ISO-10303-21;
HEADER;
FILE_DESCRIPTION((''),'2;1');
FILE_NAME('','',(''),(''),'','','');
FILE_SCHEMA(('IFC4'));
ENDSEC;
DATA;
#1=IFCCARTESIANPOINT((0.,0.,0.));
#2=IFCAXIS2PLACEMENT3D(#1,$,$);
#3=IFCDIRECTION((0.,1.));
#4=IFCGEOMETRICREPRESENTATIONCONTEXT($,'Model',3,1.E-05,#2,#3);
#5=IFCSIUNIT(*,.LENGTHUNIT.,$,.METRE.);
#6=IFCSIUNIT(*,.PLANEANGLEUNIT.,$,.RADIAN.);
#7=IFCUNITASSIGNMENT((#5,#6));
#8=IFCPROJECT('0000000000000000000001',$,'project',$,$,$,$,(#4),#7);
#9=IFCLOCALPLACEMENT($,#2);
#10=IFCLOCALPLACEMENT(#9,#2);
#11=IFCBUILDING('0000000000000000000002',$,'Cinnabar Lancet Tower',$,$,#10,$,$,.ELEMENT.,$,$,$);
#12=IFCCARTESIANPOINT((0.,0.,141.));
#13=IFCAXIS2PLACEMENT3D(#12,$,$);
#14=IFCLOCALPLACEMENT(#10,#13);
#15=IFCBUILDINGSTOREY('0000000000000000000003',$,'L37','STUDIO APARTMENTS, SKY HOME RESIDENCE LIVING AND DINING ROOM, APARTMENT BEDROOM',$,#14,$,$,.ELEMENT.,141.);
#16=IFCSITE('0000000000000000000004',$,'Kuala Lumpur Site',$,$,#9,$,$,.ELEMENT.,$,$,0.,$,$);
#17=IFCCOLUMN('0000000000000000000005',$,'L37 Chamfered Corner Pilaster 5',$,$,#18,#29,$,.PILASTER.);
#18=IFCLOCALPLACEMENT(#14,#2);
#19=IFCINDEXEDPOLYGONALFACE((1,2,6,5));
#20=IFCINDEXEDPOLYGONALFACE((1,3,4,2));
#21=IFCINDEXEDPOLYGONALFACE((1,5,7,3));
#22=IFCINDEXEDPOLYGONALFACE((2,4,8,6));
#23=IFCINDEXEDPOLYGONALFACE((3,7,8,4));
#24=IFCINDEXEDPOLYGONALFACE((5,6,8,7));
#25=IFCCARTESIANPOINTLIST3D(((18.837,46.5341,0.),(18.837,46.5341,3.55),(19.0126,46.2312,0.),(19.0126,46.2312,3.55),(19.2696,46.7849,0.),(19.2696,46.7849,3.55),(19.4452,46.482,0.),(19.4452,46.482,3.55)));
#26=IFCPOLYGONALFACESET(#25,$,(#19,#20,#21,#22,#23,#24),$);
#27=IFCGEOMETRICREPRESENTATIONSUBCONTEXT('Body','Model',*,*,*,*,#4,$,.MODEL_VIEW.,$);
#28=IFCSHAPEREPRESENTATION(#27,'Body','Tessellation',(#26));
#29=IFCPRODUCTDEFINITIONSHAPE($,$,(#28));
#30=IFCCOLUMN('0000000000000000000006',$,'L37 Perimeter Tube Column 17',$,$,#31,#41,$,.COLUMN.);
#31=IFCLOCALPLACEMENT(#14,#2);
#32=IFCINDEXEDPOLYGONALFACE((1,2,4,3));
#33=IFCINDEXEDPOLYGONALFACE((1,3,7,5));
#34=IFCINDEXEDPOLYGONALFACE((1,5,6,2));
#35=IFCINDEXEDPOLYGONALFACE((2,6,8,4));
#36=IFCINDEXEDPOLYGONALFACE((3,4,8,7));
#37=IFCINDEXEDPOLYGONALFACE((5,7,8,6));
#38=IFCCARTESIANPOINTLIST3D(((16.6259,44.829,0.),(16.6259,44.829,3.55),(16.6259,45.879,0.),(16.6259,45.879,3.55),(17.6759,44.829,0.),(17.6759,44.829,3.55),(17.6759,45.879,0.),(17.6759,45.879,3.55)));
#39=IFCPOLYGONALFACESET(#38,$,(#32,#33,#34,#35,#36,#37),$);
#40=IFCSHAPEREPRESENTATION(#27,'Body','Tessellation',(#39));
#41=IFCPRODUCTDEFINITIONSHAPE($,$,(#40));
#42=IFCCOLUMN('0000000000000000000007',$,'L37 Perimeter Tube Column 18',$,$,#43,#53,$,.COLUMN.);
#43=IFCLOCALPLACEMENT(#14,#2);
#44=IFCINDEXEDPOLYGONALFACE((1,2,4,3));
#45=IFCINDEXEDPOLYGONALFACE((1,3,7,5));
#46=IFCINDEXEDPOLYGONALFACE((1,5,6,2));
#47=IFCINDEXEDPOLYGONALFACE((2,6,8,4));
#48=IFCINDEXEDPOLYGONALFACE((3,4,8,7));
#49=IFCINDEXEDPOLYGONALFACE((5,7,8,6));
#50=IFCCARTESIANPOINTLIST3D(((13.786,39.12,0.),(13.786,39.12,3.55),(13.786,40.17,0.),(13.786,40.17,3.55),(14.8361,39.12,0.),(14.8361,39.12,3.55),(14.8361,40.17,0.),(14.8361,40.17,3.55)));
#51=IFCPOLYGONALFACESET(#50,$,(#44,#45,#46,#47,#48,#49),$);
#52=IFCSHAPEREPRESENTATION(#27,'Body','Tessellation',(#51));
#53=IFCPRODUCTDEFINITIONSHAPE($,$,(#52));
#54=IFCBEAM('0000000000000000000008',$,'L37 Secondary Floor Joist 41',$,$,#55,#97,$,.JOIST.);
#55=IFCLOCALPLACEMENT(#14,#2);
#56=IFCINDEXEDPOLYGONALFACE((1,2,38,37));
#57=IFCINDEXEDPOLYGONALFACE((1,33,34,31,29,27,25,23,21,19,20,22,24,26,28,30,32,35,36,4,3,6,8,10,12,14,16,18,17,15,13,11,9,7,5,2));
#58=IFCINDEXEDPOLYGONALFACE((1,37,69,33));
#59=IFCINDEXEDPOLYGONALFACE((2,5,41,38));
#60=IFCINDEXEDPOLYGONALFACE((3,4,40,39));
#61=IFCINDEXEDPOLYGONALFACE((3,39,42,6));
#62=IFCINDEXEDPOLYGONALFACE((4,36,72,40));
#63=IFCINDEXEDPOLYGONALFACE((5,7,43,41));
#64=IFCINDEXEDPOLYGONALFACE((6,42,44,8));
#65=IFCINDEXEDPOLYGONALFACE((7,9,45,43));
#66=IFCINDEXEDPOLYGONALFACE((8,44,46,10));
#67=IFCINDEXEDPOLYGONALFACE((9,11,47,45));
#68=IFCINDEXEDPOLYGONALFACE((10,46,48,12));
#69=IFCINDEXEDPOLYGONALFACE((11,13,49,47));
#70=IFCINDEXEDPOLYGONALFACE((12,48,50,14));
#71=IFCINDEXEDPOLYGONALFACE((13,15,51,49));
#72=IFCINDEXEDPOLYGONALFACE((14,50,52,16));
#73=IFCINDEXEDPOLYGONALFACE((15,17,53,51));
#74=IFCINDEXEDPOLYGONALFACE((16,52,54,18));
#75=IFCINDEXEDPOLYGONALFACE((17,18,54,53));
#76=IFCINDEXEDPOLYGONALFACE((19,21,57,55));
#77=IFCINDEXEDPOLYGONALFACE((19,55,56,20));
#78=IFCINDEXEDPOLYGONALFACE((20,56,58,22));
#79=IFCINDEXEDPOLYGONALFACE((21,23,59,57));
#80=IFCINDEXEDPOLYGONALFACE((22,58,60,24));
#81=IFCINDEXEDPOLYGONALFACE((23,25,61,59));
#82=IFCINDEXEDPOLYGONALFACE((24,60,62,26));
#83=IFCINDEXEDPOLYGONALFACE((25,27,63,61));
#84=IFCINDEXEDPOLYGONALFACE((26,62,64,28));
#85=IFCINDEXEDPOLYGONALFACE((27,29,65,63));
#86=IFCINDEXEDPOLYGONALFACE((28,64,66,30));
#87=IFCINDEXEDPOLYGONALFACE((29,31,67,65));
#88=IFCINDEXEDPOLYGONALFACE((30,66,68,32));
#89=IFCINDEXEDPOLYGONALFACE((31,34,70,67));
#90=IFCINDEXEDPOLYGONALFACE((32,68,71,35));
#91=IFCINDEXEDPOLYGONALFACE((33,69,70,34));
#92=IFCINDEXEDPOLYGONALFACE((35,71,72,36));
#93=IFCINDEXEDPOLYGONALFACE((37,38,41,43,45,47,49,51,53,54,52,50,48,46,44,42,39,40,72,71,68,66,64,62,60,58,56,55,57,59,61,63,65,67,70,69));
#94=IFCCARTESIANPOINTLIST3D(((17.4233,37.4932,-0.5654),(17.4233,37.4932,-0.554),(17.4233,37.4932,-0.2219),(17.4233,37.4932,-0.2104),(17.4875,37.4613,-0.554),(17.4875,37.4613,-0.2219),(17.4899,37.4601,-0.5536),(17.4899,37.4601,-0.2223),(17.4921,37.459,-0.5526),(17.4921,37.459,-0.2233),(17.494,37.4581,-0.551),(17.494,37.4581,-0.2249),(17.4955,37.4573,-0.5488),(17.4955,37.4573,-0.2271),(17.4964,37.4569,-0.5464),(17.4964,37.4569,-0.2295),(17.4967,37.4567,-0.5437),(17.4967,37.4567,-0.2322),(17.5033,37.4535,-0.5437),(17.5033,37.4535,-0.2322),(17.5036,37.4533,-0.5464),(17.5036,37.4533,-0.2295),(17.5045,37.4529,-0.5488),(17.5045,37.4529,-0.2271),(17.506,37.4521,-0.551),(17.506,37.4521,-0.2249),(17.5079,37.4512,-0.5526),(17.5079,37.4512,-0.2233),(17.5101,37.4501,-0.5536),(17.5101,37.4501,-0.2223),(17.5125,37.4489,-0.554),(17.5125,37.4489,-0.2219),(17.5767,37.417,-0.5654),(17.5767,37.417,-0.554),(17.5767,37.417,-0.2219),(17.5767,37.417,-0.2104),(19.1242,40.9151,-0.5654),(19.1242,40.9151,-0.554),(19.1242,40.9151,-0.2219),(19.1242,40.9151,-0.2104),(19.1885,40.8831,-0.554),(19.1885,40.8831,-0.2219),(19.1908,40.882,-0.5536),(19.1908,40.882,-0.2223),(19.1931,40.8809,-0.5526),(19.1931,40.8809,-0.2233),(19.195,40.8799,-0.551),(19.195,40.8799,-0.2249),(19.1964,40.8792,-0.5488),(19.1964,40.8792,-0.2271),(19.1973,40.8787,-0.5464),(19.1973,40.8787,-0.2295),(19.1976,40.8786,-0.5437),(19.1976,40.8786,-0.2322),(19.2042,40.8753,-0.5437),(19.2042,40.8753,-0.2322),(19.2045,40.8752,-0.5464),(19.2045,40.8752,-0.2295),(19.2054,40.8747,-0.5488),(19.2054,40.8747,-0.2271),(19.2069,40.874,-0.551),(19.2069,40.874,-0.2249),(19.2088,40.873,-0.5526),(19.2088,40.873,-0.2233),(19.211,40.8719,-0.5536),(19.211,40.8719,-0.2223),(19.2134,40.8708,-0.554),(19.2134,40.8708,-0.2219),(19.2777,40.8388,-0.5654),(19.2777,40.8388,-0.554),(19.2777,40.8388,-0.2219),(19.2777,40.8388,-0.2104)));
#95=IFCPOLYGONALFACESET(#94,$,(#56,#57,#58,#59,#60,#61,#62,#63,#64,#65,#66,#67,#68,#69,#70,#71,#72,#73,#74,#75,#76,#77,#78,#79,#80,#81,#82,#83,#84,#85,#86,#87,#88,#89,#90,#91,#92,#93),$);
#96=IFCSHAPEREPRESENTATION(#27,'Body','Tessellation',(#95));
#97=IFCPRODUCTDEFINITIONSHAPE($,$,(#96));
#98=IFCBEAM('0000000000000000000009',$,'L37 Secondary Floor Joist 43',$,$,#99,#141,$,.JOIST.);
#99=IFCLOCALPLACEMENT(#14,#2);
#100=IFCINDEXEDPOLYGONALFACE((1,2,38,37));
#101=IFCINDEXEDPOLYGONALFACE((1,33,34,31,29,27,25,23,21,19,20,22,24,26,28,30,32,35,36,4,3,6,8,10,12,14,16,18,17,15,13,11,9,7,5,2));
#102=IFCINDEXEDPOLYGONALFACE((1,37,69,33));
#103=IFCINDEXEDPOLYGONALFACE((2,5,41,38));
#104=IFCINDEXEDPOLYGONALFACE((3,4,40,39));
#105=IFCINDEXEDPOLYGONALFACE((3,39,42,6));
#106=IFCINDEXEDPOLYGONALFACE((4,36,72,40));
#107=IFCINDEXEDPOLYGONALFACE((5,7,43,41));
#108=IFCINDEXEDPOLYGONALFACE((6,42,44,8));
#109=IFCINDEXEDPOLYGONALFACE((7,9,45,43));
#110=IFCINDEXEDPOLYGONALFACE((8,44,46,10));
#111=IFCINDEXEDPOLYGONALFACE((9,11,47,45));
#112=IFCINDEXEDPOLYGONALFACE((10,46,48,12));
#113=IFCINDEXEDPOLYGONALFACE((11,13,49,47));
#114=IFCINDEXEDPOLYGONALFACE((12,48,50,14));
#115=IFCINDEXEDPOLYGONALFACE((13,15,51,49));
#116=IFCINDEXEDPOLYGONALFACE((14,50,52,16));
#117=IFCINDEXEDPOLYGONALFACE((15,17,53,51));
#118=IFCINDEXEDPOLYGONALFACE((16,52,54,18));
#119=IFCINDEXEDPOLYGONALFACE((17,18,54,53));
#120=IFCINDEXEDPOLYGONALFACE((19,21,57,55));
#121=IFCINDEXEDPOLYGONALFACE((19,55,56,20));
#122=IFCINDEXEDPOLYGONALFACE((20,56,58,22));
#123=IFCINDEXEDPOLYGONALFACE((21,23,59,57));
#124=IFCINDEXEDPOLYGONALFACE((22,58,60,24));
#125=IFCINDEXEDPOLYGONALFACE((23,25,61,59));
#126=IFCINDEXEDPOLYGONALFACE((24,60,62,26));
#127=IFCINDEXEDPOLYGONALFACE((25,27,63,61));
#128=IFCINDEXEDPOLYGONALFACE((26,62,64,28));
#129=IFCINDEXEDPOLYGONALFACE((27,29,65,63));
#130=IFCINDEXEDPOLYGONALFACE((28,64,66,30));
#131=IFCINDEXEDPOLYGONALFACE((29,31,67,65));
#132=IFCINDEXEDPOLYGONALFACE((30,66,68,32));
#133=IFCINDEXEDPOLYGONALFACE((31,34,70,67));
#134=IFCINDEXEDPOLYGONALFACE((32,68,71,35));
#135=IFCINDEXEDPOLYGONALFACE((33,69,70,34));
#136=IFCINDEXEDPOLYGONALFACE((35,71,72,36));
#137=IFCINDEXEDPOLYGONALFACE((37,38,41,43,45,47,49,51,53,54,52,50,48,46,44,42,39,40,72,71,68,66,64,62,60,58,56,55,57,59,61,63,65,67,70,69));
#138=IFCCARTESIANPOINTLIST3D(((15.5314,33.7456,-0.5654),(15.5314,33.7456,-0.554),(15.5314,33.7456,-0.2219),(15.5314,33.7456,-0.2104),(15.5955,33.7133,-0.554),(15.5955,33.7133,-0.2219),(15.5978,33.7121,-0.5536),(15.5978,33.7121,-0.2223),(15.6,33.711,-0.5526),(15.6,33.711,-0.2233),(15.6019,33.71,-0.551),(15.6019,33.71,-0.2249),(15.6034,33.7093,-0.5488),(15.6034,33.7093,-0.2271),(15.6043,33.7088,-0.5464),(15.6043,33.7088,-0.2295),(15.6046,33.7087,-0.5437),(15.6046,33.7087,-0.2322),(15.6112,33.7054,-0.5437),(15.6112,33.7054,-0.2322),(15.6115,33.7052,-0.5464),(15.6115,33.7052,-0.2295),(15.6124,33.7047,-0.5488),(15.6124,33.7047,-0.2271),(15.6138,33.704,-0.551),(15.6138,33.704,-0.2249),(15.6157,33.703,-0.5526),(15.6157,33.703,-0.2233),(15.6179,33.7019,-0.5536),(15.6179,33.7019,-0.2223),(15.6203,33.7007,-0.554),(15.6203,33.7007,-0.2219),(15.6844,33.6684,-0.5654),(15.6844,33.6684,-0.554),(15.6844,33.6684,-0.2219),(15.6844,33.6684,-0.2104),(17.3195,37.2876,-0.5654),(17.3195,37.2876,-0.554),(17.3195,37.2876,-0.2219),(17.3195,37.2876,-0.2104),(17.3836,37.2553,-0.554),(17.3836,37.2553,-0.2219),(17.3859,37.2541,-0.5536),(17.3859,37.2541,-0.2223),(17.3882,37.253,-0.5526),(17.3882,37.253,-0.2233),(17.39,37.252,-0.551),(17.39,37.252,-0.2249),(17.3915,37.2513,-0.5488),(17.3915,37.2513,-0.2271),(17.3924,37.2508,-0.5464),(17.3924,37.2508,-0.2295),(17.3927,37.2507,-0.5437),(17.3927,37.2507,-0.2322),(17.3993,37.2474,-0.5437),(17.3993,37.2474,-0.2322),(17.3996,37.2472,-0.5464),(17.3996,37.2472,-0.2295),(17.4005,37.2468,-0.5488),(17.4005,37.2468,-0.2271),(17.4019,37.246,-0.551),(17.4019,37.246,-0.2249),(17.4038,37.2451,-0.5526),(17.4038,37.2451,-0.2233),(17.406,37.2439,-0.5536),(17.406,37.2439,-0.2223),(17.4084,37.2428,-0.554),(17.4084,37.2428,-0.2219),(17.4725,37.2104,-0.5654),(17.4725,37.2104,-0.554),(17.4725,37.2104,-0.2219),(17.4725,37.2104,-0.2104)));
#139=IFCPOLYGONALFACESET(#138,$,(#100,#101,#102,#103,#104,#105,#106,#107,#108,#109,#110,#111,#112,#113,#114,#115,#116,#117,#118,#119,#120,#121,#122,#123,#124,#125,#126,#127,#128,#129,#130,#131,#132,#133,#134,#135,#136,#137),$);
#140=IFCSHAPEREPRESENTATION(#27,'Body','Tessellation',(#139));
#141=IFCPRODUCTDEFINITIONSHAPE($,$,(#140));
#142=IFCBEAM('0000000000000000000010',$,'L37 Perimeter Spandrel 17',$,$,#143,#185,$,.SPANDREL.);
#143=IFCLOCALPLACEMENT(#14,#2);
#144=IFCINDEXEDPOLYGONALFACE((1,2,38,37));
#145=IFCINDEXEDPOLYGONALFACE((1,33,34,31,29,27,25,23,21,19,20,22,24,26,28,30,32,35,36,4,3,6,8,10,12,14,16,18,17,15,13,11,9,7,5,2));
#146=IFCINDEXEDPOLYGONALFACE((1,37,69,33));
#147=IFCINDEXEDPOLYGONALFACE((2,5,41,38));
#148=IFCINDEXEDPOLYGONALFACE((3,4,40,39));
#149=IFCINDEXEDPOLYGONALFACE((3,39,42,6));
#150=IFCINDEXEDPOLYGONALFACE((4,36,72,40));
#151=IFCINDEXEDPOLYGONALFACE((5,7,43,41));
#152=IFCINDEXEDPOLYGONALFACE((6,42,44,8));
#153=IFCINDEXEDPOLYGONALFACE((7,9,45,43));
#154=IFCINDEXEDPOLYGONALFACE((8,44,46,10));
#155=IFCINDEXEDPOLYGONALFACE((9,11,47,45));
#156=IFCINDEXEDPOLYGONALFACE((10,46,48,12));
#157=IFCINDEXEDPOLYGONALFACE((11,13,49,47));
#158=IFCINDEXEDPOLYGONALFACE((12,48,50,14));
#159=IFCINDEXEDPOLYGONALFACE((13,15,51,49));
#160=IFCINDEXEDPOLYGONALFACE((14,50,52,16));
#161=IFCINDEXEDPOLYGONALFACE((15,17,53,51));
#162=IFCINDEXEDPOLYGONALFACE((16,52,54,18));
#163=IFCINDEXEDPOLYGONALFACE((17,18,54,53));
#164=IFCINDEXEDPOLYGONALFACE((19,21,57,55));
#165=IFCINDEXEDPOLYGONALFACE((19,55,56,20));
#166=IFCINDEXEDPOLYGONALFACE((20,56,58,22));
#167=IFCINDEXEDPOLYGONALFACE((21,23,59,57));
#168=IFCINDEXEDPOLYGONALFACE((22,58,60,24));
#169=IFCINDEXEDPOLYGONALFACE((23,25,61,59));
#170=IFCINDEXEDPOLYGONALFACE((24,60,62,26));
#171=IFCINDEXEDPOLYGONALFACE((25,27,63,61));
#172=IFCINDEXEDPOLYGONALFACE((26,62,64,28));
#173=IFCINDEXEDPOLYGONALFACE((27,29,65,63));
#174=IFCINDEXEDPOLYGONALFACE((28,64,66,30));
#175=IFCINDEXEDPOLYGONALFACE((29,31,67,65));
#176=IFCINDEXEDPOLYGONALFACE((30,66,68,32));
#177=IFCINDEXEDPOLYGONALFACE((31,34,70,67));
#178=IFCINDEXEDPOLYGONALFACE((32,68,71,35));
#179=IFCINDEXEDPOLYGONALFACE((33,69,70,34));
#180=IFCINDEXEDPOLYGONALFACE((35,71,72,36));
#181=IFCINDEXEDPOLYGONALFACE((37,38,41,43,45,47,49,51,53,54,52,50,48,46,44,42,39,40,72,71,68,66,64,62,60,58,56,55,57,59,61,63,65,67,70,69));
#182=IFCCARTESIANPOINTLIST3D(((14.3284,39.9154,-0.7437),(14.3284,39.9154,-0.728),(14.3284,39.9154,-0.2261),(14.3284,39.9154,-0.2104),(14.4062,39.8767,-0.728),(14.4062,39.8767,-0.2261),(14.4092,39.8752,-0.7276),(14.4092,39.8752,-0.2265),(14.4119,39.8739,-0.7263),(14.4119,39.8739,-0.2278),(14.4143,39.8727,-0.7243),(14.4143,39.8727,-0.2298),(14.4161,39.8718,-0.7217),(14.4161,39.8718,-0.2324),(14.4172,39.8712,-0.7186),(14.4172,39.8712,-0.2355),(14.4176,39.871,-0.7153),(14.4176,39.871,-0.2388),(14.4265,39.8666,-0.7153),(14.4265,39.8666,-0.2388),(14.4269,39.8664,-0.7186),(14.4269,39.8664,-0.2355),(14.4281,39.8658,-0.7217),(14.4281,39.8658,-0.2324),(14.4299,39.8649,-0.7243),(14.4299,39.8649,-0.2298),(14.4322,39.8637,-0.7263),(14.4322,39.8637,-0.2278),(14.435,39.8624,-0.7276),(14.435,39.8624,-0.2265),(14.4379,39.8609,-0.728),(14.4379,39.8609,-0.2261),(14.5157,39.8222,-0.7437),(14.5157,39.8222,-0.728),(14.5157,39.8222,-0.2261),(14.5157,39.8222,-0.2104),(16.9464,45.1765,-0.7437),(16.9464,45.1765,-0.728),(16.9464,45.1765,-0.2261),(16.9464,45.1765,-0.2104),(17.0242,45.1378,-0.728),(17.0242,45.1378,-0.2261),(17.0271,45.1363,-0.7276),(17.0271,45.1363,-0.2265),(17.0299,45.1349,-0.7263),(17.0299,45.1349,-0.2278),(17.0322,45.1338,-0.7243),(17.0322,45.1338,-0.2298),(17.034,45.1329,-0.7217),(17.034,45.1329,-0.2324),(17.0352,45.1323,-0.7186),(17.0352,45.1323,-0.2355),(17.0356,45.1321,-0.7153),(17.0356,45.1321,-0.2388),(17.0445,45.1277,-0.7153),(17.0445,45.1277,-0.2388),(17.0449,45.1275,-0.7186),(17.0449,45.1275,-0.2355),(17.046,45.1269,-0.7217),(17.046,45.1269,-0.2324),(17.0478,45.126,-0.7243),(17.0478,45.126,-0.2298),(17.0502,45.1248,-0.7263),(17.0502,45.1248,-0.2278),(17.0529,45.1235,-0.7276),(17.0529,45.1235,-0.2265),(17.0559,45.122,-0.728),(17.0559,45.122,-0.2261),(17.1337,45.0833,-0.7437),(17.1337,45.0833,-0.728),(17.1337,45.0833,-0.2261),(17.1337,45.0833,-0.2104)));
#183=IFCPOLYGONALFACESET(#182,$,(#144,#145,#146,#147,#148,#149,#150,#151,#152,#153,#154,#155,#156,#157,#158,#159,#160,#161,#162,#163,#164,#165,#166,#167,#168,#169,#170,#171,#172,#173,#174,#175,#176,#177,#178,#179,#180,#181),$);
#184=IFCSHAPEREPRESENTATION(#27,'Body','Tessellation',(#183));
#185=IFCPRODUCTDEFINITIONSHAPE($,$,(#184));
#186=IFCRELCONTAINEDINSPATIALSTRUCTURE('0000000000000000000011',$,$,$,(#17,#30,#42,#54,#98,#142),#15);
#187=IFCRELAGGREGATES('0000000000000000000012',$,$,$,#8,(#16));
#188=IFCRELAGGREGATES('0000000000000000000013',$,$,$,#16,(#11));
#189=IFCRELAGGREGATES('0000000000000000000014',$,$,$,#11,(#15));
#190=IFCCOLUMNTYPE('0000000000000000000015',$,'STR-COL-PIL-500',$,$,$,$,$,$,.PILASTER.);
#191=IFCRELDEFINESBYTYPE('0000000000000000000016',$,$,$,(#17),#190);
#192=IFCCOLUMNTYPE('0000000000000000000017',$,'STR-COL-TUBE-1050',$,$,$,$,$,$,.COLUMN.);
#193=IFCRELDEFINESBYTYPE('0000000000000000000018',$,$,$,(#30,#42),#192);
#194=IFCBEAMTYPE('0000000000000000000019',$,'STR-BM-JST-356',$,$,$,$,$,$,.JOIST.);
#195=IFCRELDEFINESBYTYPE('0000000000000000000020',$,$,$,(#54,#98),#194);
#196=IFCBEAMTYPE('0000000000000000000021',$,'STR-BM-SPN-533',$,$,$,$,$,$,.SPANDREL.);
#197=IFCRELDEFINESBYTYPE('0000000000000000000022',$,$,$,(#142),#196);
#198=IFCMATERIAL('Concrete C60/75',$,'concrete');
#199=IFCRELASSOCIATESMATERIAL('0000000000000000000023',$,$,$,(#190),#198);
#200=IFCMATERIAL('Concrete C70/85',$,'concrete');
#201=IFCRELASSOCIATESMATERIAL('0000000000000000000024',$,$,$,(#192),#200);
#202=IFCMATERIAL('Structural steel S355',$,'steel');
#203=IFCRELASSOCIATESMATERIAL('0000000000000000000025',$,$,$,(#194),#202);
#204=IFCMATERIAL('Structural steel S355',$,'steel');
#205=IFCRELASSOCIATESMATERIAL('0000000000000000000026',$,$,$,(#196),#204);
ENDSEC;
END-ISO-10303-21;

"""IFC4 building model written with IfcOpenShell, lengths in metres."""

from ifc_helpers import new_model, si_unit, direction, frame, origin, origin_2d, place, context, subcontext, project, spatial, rectangle, i_section, extrude, material, material_profile, profile_set, type_object, element, save


model = new_model("IFC4")

# Units and contexts
model_context = context("Model", 3, precision=1e-05, world=origin(), true_north=direction((0.0, 1.0)))
body_context = subcontext(model_context, "Body", "Model", "MODEL_VIEW")
ifc_project = project(units=[si_unit("LENGTHUNIT", "METRE"), si_unit("PLANEANGLEUNIT", "RADIAN")], contexts=[model_context])

# Site, building, storey
site_placement = place(None, origin())
site = spatial("IfcSite", under=ifc_project, at=site_placement, Name="Kuala Lumpur Site", CompositionType="ELEMENT", RefElevation=0.0)
building_placement = place(site_placement, origin())
building = spatial("IfcBuilding", under=site, at=building_placement, Name="Cinnabar Lancet Tower", CompositionType="ELEMENT")
storey_placement = place(building_placement, frame((0.0, 0.0, 141.0)))
storey = spatial("IfcBuildingStorey", under=building, at=storey_placement, Name="L37", Description="STUDIO APARTMENTS, SKY HOME RESIDENCE LIVING AND DINING ROOM, APARTMENT BEDROOM", CompositionType="ELEMENT", Elevation=141.0)

# Columns
ifc_material_1 = material(Name="Concrete C60/75", Category="concrete")
ifc_material_profile_1 = material_profile(ifc_material_1, rectangle(XDim=0.5, YDim=0.3501, at=origin_2d()), Name="RC-PIL 500x350")
ifc_profile_set_1 = profile_set([ifc_material_profile_1], Name="Concrete C60/75")
column_type_1 = type_object("IfcColumnType", Name="STR-COL-PIL-500", PredefinedType="PILASTER", material=ifc_profile_set_1)
column_placement = place(storey_placement, frame((19.1411, 46.5081, 0.0), z_axis=(0.0, 0.0, 1.0), x_axis=(-0.86516, -0.501496, 0.0)))
element("IfcColumn", 1, at=column_placement, inside=storey, type_object=column_type_1, Name="L37 Chamfered Corner Pilaster 5", PredefinedType="PILASTER", context=body_context, shape_type="SweptSolid", body=[
    extrude(rectangle(XDim=0.5, YDim=0.3501, at=origin_2d()), origin(), (0.0, 0.0, 1.0), 3.55),
])
ifc_material_2 = material(Name="Concrete C70/85", Category="concrete")
ifc_material_profile_2 = material_profile(ifc_material_2, rectangle(XDim=1.05, YDim=1.05, at=origin_2d()), Name="RC-COL 1050x1050")
ifc_profile_set_2 = profile_set([ifc_material_profile_2], Name="Concrete C70/85")
column_type_2 = type_object("IfcColumnType", Name="STR-COL-TUBE-1050", PredefinedType="COLUMN", material=ifc_profile_set_2)
for number, where, z_axis, x_axis, name in (
    (2, (17.1509, 45.354, 0.0), (0.0, 0.0, 1.0), (1.0, 0.0, 0.0), "L37 Perimeter Tube Column 17"),
    (3, (14.311, 39.645, 0.0), (0.0, 0.0, 1.0), (1.0, 0.0, 0.0), "L37 Perimeter Tube Column 18"),
):
    element("IfcColumn", number, at=place(storey_placement, frame(where, z_axis=z_axis, x_axis=x_axis)), inside=storey, type_object=column_type_2, Name=name, PredefinedType="COLUMN", context=body_context, shape_type="SweptSolid", body=[
        extrude(rectangle(XDim=1.05, YDim=1.05, at=origin_2d()), origin(), (0.0, 0.0, 1.0), 3.55),
    ])

# Beams
ifc_material_3 = material(Name="Structural steel S355", Category="steel")
ifc_material_profile_3 = material_profile(ifc_material_3, i_section(OverallWidth=0.1714, OverallDepth=0.355, WebThickness=0.0073, FlangeThickness=0.0115, FilletRadius=0.0103, at=origin_2d()), Name="UKB 356x171x51")
ifc_profile_set_3 = profile_set([ifc_material_profile_3], Name="Structural steel S355")
beam_type_1 = type_object("IfcBeamType", Name="STR-BM-JST-356", PredefinedType="JOIST", material=ifc_profile_set_3)
beam_1_placement = place(storey_placement, frame((19.2009, 40.877, -0.3879), z_axis=(-0.445117, -0.895473, 0.0), x_axis=(0.895473, -0.445117, 0.0)))
element("IfcBeam", 4, at=beam_1_placement, inside=storey, type_object=beam_type_1, Name="L37 Secondary Floor Joist 41", PredefinedType="JOIST", context=body_context, shape_type="SweptSolid", body=[
    extrude(i_section(OverallWidth=0.1714, OverallDepth=0.355, WebThickness=0.0073, FlangeThickness=0.0115, FilletRadius=0.0103, at=origin_2d()), origin(), (0.0, 0.0, 1.0), 3.8213),
])
beam_2_placement = place(storey_placement, frame((17.396, 37.249, -0.3879), z_axis=(-0.450656, -0.892698, 0.0), x_axis=(0.892698, -0.450656, 0.0)))
element("IfcBeam", 5, at=beam_2_placement, inside=storey, type_object=beam_type_1, Name="L37 Secondary Floor Joist 43", PredefinedType="JOIST", context=body_context, shape_type="SweptSolid", body=[
    extrude(i_section(OverallWidth=0.1714, OverallDepth=0.355, WebThickness=0.0073, FlangeThickness=0.0115, FilletRadius=0.0103, at=origin_2d()), origin(), (0.0, 0.0, 1.0), 3.9678),
])
ifc_material_4 = material(Name="Structural steel S355", Category="steel")
ifc_material_profile_4 = material_profile(ifc_material_4, i_section(OverallWidth=0.2092, OverallDepth=0.5332, WebThickness=0.01, FlangeThickness=0.0156, FilletRadius=0.0127, at=origin_2d()), Name="UKB 533x210x92")
ifc_profile_set_4 = profile_set([ifc_material_profile_4], Name="Structural steel S355")
beam_type_2 = type_object("IfcBeamType", Name="STR-BM-SPN-533", PredefinedType="SPANDREL", material=ifc_profile_set_4)
beam_3_placement = place(storey_placement, frame((17.04, 45.1299, -0.4771), z_axis=(-0.445501, -0.895281, 0.0), x_axis=(0.895281, -0.445501, 0.0)))
element("IfcBeam", 6, at=beam_3_placement, inside=storey, type_object=beam_type_2, Name="L37 Perimeter Spandrel 17", PredefinedType="SPANDREL", context=body_context, shape_type="SweptSolid", body=[
    extrude(i_section(OverallWidth=0.2092, OverallDepth=0.5332, WebThickness=0.01, FlangeThickness=0.0156, FilletRadius=0.0127, at=origin_2d()), origin(), (0.0, 0.0, 1.0), 5.8765),
])

save(model, "model.ifc")
